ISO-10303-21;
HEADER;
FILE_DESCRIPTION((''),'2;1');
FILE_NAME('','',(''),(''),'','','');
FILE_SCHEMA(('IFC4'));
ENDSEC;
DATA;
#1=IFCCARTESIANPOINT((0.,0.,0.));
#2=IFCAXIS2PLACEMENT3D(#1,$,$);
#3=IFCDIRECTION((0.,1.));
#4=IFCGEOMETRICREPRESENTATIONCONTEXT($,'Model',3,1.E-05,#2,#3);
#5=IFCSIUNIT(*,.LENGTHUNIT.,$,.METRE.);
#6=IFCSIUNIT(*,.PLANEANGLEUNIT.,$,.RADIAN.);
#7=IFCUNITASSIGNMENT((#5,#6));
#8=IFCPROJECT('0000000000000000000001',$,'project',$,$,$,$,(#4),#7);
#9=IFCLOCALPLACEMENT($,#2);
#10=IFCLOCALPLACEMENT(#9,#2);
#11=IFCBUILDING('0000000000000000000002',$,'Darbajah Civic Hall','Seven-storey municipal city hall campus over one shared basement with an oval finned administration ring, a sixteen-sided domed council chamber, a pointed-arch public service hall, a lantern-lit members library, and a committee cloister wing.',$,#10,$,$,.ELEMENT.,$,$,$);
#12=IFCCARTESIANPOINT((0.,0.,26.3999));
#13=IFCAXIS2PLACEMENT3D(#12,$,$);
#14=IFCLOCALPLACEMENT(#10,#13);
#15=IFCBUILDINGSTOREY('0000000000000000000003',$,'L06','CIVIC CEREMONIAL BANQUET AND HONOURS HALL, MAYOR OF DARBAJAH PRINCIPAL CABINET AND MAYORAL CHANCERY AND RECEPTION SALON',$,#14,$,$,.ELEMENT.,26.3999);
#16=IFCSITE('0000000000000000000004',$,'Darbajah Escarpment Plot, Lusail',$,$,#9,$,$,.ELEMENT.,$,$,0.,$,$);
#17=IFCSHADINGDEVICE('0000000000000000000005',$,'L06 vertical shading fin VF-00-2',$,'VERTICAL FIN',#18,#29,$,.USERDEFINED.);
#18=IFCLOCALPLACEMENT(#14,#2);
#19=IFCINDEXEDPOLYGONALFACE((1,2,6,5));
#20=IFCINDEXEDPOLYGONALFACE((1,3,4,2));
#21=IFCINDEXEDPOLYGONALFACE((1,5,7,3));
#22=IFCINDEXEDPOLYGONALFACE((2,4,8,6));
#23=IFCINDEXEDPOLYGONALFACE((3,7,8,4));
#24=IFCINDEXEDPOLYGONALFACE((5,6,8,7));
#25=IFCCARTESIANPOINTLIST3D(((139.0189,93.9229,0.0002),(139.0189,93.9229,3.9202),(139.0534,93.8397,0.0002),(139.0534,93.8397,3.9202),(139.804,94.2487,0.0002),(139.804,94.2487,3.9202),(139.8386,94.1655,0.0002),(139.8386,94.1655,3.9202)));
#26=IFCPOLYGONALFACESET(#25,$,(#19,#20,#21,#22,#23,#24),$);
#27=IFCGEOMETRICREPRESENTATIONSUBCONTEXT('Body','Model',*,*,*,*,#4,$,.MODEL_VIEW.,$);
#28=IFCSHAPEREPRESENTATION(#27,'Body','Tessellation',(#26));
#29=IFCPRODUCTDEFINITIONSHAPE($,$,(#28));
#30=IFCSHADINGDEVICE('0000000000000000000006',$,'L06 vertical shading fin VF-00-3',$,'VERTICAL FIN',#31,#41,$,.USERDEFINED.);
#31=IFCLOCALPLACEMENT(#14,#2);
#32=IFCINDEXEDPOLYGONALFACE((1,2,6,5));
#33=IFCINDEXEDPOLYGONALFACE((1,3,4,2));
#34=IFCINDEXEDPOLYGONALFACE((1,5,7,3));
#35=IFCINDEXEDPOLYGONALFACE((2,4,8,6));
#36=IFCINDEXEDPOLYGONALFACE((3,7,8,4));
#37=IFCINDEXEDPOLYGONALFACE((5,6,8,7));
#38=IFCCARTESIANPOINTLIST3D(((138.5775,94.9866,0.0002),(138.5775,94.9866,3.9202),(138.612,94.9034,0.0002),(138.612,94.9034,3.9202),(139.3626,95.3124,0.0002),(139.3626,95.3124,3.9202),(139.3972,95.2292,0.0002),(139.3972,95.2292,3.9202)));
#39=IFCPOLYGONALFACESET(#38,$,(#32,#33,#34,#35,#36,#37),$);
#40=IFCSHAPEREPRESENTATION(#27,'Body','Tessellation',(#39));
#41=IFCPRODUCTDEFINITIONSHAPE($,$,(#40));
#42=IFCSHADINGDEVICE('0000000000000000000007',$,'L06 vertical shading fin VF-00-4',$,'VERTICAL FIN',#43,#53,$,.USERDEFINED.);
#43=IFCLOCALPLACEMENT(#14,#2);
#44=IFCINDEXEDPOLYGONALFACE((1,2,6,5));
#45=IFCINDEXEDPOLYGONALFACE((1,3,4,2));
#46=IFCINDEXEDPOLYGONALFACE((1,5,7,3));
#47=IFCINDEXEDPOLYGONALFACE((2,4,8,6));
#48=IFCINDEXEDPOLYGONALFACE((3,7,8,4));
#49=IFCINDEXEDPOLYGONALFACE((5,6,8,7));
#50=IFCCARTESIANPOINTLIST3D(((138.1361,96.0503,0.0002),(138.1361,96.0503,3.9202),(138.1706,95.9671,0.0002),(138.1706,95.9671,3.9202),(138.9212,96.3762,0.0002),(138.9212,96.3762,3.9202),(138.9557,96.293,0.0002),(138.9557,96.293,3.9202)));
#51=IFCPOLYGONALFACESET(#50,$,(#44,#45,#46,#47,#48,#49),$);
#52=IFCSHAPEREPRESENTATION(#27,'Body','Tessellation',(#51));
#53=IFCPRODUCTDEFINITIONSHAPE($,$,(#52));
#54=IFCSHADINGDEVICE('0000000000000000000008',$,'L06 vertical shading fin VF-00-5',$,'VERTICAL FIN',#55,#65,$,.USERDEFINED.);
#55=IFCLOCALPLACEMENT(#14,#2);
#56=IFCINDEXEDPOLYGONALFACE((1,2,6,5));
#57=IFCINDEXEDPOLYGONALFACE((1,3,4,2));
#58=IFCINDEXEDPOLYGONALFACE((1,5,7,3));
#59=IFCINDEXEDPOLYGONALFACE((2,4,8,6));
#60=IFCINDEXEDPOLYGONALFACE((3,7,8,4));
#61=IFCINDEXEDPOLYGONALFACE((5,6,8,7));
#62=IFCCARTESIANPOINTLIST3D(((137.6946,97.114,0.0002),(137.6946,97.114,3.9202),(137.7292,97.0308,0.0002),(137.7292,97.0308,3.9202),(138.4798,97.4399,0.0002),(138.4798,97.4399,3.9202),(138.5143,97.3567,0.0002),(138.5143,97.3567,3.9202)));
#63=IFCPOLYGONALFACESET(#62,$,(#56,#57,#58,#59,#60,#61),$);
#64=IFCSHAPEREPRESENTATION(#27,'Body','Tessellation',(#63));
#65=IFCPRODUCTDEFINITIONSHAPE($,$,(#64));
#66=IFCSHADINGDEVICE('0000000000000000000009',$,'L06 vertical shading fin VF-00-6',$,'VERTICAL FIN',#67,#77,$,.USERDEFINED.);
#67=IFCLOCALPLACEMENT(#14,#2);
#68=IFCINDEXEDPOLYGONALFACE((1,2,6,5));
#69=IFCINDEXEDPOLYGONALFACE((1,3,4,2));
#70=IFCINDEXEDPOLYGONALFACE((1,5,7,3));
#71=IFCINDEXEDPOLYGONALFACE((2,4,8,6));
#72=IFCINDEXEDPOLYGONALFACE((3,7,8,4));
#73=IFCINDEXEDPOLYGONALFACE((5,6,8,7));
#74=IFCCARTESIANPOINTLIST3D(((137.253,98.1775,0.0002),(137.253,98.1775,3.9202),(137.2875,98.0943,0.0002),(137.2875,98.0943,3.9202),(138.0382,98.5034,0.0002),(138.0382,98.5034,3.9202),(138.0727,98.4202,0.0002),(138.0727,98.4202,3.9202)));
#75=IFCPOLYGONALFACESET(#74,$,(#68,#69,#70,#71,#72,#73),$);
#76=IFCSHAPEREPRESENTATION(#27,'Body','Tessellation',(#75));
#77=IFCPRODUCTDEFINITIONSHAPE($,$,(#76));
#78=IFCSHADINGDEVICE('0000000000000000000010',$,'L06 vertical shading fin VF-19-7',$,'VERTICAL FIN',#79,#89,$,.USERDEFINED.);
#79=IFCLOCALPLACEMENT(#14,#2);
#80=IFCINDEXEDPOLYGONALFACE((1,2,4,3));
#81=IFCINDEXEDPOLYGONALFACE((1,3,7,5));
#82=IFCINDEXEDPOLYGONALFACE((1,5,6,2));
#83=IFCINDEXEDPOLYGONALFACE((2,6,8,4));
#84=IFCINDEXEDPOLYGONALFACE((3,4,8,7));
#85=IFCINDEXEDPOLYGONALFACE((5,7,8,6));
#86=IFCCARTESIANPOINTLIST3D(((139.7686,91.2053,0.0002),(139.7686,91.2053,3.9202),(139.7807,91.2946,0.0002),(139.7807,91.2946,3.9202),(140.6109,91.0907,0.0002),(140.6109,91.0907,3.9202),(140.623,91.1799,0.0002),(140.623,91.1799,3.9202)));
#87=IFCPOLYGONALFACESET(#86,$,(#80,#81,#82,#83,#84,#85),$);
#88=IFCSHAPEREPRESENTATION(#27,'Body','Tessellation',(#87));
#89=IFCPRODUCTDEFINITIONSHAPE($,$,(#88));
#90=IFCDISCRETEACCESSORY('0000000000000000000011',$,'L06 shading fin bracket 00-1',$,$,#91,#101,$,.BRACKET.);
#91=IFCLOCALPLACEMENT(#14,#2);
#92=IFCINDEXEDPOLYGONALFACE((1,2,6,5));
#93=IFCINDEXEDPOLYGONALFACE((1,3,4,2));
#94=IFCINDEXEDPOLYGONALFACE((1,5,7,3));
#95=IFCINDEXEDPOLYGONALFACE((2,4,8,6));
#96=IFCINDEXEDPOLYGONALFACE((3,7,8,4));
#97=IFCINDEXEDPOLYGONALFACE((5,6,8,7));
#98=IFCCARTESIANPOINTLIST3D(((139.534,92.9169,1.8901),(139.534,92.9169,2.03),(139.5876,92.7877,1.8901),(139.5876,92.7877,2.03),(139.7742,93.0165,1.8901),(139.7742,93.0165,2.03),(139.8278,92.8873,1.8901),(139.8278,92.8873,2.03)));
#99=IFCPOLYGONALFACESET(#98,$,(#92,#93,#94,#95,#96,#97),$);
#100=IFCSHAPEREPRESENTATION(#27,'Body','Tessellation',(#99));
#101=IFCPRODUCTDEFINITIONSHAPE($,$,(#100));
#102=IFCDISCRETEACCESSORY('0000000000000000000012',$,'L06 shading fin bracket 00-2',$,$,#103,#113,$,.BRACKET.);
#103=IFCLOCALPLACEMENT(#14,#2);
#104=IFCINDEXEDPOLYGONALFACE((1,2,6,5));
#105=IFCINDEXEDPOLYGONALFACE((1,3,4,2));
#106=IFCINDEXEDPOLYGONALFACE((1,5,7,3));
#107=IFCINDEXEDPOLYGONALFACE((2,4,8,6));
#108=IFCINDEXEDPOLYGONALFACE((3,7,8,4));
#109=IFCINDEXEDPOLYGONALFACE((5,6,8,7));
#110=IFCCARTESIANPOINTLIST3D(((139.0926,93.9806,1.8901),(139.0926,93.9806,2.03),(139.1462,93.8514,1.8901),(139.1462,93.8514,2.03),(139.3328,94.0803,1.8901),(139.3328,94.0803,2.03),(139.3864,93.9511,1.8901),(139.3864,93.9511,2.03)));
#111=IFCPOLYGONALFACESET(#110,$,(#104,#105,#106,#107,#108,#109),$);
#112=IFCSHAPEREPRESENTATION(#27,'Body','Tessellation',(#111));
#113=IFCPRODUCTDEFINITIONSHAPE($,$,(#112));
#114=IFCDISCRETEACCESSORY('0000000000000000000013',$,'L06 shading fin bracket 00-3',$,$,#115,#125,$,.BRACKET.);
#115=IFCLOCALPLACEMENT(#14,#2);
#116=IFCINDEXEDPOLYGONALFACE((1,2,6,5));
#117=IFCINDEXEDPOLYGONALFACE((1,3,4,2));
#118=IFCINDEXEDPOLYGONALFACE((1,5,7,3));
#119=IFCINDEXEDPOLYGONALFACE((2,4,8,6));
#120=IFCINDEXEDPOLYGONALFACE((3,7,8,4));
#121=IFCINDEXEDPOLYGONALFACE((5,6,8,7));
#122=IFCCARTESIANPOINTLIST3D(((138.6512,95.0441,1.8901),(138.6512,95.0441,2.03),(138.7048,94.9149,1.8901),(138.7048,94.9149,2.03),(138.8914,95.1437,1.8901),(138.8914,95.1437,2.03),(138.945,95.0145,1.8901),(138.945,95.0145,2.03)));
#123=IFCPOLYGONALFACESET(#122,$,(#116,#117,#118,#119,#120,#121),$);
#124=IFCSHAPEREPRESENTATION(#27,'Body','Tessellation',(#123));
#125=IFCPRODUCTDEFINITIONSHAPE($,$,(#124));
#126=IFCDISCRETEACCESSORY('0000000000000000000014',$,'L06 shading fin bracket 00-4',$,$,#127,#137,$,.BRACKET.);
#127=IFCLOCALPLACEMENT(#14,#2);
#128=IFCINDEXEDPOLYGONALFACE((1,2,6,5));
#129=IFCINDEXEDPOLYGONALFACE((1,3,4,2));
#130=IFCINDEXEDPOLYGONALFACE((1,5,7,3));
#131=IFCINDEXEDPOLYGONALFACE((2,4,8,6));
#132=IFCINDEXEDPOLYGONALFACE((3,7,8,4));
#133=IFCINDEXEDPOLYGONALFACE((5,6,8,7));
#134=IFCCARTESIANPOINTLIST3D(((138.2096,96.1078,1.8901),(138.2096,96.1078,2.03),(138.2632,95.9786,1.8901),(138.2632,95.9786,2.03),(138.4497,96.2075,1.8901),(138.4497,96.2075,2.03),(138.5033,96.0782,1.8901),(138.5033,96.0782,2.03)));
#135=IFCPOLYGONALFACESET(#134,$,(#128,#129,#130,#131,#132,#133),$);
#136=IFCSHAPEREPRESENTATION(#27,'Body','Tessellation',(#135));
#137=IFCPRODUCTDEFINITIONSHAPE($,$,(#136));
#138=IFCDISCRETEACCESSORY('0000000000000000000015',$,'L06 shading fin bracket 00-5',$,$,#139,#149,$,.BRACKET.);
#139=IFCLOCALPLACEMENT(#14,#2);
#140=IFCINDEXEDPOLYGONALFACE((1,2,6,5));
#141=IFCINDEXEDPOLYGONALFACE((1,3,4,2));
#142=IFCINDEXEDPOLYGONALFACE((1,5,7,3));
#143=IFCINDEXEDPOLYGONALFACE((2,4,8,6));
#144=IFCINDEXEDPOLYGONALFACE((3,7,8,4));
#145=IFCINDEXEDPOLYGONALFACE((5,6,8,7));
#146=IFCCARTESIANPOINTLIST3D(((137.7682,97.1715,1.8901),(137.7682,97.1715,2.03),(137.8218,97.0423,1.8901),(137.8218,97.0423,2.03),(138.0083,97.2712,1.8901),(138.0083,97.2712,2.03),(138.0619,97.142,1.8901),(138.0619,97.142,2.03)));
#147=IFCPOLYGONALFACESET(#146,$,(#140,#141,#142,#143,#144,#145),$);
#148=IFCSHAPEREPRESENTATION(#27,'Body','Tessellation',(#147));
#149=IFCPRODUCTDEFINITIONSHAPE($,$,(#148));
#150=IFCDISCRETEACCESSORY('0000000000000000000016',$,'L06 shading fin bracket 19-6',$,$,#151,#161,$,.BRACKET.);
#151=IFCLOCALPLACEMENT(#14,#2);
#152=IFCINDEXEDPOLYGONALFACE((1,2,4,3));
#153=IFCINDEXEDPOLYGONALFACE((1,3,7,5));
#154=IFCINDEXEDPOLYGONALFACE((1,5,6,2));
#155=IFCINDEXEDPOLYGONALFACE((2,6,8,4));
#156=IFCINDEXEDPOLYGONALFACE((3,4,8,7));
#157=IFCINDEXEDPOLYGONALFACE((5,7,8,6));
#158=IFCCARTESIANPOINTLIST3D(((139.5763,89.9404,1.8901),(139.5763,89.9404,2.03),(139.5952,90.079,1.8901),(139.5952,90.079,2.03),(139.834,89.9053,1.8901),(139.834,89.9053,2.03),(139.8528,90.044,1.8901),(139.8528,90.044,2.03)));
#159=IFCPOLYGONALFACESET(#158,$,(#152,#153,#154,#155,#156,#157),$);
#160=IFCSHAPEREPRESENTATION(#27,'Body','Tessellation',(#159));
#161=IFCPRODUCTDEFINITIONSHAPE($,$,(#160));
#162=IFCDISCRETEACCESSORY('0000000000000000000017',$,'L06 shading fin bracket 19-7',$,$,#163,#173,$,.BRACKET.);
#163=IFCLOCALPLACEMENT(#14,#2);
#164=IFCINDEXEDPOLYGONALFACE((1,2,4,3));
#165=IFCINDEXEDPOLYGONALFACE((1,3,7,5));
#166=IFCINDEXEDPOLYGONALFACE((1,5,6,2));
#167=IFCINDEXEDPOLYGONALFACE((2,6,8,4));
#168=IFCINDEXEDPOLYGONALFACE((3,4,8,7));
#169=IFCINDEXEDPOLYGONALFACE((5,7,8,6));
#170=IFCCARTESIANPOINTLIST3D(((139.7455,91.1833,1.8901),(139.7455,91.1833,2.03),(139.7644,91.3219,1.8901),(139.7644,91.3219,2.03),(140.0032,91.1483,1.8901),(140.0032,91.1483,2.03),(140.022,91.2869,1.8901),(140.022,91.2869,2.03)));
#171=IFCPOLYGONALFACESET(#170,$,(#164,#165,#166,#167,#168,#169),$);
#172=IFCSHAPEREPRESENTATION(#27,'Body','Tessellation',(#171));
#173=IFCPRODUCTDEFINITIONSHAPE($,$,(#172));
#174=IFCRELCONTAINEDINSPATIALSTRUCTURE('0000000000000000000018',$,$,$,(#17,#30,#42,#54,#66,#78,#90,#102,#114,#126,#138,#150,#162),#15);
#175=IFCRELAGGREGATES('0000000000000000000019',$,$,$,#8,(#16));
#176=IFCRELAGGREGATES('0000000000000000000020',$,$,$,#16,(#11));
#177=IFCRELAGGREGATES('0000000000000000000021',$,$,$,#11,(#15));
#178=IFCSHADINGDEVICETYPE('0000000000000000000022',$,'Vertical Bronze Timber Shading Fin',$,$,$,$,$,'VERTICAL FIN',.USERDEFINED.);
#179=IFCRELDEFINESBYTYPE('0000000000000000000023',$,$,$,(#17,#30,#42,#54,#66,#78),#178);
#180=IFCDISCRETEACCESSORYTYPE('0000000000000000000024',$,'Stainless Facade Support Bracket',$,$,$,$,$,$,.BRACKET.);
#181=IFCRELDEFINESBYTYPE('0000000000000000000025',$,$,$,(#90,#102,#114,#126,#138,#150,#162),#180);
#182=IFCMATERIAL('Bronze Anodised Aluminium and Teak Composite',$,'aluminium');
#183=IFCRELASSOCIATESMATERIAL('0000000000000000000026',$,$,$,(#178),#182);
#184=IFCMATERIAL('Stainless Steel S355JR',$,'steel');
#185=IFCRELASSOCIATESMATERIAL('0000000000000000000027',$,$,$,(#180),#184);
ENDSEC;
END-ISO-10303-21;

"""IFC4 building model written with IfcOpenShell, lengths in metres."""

from ifc_helpers import new_model, si_unit, direction, frame, origin, origin_2d, place, context, subcontext, project, spatial, rectangle, extrude, material, type_object, element, save


model = new_model("IFC4")

# Units and contexts
model_context = context("Model", 3, precision=1e-05, world=origin(), true_north=direction((0.0, 1.0)))
body_context = subcontext(model_context, "Body", "Model", "MODEL_VIEW")
ifc_project = project(units=[si_unit("LENGTHUNIT", "METRE"), si_unit("PLANEANGLEUNIT", "RADIAN")], contexts=[model_context])

# Site, building, storey
site_placement = place(None, origin())
site = spatial("IfcSite", under=ifc_project, at=site_placement, Name="Darbajah Escarpment Plot, Lusail", CompositionType="ELEMENT", RefElevation=0.0)
building_placement = place(site_placement, origin())
building = spatial("IfcBuilding", under=site, at=building_placement, Name="Darbajah Civic Hall", Description="Seven-storey municipal city hall campus over one shared basement with an oval finned administration ring, a sixteen-sided domed council chamber, a pointed-arch public service hall, a lantern-lit members library, and a committee cloister wing.", CompositionType="ELEMENT")
storey_placement = place(building_placement, frame((0.0, 0.0, 26.3999)))
storey = spatial("IfcBuildingStorey", under=building, at=storey_placement, Name="L06", Description="CIVIC CEREMONIAL BANQUET AND HONOURS HALL, MAYOR OF DARBAJAH PRINCIPAL CABINET AND MAYORAL CHANCERY AND RECEPTION SALON", CompositionType="ELEMENT", Elevation=26.3999)

# Shading devices
ifc_material_1 = material(Name="Bronze Anodised Aluminium and Teak Composite", Category="aluminium")
shading_device_type = type_object("IfcShadingDeviceType", Name="Vertical Bronze Timber Shading Fin", ElementType="VERTICAL FIN", PredefinedType="USERDEFINED", material=ifc_material_1)
for number, where, z_axis, x_axis, name in (
    (1, (139.4287, 94.0442, 0.0002), (0.0, 0.0, 1.0), (0.923612, 0.383328, 0.0), "L06 vertical shading fin VF-00-2"),
    (2, (138.9873, 95.1079, 0.0002), (0.0, 0.0, 1.0), (0.923612, 0.383328, 0.0), "L06 vertical shading fin VF-00-3"),
    (3, (138.5459, 96.1716, 0.0002), (0.0, 0.0, 1.0), (0.923612, 0.383328, 0.0), "L06 vertical shading fin VF-00-4"),
    (4, (138.1045, 97.2354, 0.0002), (0.0, 0.0, 1.0), (0.923612, 0.383328, 0.0), "L06 vertical shading fin VF-00-5"),
    (5, (137.6628, 98.2988, 0.0002), (0.0, 0.0, 1.0), (0.923612, 0.383328, 0.0), "L06 vertical shading fin VF-00-6"),
    (6, (140.1958, 91.1926, 0.0002), (0.0, 0.0, 1.0), (0.990866, -0.134851, 0.0), "L06 vertical shading fin VF-19-7"),
):
    element("IfcShadingDevice", number, at=place(storey_placement, frame(where, z_axis=z_axis, x_axis=x_axis)), inside=storey, type_object=shading_device_type, Name=name, ObjectType="VERTICAL FIN", PredefinedType="USERDEFINED", context=body_context, shape_type="SweptSolid", body=[
        extrude(rectangle(XDim=0.8501, YDim=0.0901, at=origin_2d()), origin(), (0.0, 0.0, 1.0), 3.9199),
    ])

# Discrete accessories
ifc_material_2 = material(Name="Stainless Steel S355JR", Category="steel")
discrete_accessory_type = type_object("IfcDiscreteAccessoryType", Name="Stainless Facade Support Bracket", PredefinedType="BRACKET", material=ifc_material_2)
for number, where, z_axis, x_axis, name in (
    (7, (139.6809, 92.9021, 1.8901), (0.0, 0.0, 1.0), (0.923612, 0.383328, 0.0), "L06 shading fin bracket 00-1"),
    (8, (139.2395, 93.9658, 1.8901), (0.0, 0.0, 1.0), (0.923612, 0.383328, 0.0), "L06 shading fin bracket 00-2"),
    (9, (138.7981, 95.0293, 1.8901), (0.0, 0.0, 1.0), (0.923612, 0.383328, 0.0), "L06 shading fin bracket 00-3"),
    (10, (138.3564, 96.093, 1.8901), (0.0, 0.0, 1.0), (0.923612, 0.383328, 0.0), "L06 shading fin bracket 00-4"),
    (11, (137.915, 97.1567, 1.8901), (0.0, 0.0, 1.0), (0.923612, 0.383328, 0.0), "L06 shading fin bracket 00-5"),
    (12, (139.7146, 89.9922, 1.8901), (0.0, 0.0, 1.0), (0.990866, -0.134851, 0.0), "L06 shading fin bracket 19-6"),
    (13, (139.8838, 91.2351, 1.8901), (0.0, 0.0, 1.0), (0.990866, -0.134851, 0.0), "L06 shading fin bracket 19-7"),
):
    element("IfcDiscreteAccessory", number, at=place(storey_placement, frame(where, z_axis=z_axis, x_axis=x_axis)), inside=storey, type_object=discrete_accessory_type, Name=name, PredefinedType="BRACKET", context=body_context, shape_type="SweptSolid", body=[
        extrude(rectangle(XDim=0.26, YDim=0.1399, at=origin_2d()), origin(), (0.0, 0.0, 1.0), 0.1399),
    ])

save(model, "model.ifc")
